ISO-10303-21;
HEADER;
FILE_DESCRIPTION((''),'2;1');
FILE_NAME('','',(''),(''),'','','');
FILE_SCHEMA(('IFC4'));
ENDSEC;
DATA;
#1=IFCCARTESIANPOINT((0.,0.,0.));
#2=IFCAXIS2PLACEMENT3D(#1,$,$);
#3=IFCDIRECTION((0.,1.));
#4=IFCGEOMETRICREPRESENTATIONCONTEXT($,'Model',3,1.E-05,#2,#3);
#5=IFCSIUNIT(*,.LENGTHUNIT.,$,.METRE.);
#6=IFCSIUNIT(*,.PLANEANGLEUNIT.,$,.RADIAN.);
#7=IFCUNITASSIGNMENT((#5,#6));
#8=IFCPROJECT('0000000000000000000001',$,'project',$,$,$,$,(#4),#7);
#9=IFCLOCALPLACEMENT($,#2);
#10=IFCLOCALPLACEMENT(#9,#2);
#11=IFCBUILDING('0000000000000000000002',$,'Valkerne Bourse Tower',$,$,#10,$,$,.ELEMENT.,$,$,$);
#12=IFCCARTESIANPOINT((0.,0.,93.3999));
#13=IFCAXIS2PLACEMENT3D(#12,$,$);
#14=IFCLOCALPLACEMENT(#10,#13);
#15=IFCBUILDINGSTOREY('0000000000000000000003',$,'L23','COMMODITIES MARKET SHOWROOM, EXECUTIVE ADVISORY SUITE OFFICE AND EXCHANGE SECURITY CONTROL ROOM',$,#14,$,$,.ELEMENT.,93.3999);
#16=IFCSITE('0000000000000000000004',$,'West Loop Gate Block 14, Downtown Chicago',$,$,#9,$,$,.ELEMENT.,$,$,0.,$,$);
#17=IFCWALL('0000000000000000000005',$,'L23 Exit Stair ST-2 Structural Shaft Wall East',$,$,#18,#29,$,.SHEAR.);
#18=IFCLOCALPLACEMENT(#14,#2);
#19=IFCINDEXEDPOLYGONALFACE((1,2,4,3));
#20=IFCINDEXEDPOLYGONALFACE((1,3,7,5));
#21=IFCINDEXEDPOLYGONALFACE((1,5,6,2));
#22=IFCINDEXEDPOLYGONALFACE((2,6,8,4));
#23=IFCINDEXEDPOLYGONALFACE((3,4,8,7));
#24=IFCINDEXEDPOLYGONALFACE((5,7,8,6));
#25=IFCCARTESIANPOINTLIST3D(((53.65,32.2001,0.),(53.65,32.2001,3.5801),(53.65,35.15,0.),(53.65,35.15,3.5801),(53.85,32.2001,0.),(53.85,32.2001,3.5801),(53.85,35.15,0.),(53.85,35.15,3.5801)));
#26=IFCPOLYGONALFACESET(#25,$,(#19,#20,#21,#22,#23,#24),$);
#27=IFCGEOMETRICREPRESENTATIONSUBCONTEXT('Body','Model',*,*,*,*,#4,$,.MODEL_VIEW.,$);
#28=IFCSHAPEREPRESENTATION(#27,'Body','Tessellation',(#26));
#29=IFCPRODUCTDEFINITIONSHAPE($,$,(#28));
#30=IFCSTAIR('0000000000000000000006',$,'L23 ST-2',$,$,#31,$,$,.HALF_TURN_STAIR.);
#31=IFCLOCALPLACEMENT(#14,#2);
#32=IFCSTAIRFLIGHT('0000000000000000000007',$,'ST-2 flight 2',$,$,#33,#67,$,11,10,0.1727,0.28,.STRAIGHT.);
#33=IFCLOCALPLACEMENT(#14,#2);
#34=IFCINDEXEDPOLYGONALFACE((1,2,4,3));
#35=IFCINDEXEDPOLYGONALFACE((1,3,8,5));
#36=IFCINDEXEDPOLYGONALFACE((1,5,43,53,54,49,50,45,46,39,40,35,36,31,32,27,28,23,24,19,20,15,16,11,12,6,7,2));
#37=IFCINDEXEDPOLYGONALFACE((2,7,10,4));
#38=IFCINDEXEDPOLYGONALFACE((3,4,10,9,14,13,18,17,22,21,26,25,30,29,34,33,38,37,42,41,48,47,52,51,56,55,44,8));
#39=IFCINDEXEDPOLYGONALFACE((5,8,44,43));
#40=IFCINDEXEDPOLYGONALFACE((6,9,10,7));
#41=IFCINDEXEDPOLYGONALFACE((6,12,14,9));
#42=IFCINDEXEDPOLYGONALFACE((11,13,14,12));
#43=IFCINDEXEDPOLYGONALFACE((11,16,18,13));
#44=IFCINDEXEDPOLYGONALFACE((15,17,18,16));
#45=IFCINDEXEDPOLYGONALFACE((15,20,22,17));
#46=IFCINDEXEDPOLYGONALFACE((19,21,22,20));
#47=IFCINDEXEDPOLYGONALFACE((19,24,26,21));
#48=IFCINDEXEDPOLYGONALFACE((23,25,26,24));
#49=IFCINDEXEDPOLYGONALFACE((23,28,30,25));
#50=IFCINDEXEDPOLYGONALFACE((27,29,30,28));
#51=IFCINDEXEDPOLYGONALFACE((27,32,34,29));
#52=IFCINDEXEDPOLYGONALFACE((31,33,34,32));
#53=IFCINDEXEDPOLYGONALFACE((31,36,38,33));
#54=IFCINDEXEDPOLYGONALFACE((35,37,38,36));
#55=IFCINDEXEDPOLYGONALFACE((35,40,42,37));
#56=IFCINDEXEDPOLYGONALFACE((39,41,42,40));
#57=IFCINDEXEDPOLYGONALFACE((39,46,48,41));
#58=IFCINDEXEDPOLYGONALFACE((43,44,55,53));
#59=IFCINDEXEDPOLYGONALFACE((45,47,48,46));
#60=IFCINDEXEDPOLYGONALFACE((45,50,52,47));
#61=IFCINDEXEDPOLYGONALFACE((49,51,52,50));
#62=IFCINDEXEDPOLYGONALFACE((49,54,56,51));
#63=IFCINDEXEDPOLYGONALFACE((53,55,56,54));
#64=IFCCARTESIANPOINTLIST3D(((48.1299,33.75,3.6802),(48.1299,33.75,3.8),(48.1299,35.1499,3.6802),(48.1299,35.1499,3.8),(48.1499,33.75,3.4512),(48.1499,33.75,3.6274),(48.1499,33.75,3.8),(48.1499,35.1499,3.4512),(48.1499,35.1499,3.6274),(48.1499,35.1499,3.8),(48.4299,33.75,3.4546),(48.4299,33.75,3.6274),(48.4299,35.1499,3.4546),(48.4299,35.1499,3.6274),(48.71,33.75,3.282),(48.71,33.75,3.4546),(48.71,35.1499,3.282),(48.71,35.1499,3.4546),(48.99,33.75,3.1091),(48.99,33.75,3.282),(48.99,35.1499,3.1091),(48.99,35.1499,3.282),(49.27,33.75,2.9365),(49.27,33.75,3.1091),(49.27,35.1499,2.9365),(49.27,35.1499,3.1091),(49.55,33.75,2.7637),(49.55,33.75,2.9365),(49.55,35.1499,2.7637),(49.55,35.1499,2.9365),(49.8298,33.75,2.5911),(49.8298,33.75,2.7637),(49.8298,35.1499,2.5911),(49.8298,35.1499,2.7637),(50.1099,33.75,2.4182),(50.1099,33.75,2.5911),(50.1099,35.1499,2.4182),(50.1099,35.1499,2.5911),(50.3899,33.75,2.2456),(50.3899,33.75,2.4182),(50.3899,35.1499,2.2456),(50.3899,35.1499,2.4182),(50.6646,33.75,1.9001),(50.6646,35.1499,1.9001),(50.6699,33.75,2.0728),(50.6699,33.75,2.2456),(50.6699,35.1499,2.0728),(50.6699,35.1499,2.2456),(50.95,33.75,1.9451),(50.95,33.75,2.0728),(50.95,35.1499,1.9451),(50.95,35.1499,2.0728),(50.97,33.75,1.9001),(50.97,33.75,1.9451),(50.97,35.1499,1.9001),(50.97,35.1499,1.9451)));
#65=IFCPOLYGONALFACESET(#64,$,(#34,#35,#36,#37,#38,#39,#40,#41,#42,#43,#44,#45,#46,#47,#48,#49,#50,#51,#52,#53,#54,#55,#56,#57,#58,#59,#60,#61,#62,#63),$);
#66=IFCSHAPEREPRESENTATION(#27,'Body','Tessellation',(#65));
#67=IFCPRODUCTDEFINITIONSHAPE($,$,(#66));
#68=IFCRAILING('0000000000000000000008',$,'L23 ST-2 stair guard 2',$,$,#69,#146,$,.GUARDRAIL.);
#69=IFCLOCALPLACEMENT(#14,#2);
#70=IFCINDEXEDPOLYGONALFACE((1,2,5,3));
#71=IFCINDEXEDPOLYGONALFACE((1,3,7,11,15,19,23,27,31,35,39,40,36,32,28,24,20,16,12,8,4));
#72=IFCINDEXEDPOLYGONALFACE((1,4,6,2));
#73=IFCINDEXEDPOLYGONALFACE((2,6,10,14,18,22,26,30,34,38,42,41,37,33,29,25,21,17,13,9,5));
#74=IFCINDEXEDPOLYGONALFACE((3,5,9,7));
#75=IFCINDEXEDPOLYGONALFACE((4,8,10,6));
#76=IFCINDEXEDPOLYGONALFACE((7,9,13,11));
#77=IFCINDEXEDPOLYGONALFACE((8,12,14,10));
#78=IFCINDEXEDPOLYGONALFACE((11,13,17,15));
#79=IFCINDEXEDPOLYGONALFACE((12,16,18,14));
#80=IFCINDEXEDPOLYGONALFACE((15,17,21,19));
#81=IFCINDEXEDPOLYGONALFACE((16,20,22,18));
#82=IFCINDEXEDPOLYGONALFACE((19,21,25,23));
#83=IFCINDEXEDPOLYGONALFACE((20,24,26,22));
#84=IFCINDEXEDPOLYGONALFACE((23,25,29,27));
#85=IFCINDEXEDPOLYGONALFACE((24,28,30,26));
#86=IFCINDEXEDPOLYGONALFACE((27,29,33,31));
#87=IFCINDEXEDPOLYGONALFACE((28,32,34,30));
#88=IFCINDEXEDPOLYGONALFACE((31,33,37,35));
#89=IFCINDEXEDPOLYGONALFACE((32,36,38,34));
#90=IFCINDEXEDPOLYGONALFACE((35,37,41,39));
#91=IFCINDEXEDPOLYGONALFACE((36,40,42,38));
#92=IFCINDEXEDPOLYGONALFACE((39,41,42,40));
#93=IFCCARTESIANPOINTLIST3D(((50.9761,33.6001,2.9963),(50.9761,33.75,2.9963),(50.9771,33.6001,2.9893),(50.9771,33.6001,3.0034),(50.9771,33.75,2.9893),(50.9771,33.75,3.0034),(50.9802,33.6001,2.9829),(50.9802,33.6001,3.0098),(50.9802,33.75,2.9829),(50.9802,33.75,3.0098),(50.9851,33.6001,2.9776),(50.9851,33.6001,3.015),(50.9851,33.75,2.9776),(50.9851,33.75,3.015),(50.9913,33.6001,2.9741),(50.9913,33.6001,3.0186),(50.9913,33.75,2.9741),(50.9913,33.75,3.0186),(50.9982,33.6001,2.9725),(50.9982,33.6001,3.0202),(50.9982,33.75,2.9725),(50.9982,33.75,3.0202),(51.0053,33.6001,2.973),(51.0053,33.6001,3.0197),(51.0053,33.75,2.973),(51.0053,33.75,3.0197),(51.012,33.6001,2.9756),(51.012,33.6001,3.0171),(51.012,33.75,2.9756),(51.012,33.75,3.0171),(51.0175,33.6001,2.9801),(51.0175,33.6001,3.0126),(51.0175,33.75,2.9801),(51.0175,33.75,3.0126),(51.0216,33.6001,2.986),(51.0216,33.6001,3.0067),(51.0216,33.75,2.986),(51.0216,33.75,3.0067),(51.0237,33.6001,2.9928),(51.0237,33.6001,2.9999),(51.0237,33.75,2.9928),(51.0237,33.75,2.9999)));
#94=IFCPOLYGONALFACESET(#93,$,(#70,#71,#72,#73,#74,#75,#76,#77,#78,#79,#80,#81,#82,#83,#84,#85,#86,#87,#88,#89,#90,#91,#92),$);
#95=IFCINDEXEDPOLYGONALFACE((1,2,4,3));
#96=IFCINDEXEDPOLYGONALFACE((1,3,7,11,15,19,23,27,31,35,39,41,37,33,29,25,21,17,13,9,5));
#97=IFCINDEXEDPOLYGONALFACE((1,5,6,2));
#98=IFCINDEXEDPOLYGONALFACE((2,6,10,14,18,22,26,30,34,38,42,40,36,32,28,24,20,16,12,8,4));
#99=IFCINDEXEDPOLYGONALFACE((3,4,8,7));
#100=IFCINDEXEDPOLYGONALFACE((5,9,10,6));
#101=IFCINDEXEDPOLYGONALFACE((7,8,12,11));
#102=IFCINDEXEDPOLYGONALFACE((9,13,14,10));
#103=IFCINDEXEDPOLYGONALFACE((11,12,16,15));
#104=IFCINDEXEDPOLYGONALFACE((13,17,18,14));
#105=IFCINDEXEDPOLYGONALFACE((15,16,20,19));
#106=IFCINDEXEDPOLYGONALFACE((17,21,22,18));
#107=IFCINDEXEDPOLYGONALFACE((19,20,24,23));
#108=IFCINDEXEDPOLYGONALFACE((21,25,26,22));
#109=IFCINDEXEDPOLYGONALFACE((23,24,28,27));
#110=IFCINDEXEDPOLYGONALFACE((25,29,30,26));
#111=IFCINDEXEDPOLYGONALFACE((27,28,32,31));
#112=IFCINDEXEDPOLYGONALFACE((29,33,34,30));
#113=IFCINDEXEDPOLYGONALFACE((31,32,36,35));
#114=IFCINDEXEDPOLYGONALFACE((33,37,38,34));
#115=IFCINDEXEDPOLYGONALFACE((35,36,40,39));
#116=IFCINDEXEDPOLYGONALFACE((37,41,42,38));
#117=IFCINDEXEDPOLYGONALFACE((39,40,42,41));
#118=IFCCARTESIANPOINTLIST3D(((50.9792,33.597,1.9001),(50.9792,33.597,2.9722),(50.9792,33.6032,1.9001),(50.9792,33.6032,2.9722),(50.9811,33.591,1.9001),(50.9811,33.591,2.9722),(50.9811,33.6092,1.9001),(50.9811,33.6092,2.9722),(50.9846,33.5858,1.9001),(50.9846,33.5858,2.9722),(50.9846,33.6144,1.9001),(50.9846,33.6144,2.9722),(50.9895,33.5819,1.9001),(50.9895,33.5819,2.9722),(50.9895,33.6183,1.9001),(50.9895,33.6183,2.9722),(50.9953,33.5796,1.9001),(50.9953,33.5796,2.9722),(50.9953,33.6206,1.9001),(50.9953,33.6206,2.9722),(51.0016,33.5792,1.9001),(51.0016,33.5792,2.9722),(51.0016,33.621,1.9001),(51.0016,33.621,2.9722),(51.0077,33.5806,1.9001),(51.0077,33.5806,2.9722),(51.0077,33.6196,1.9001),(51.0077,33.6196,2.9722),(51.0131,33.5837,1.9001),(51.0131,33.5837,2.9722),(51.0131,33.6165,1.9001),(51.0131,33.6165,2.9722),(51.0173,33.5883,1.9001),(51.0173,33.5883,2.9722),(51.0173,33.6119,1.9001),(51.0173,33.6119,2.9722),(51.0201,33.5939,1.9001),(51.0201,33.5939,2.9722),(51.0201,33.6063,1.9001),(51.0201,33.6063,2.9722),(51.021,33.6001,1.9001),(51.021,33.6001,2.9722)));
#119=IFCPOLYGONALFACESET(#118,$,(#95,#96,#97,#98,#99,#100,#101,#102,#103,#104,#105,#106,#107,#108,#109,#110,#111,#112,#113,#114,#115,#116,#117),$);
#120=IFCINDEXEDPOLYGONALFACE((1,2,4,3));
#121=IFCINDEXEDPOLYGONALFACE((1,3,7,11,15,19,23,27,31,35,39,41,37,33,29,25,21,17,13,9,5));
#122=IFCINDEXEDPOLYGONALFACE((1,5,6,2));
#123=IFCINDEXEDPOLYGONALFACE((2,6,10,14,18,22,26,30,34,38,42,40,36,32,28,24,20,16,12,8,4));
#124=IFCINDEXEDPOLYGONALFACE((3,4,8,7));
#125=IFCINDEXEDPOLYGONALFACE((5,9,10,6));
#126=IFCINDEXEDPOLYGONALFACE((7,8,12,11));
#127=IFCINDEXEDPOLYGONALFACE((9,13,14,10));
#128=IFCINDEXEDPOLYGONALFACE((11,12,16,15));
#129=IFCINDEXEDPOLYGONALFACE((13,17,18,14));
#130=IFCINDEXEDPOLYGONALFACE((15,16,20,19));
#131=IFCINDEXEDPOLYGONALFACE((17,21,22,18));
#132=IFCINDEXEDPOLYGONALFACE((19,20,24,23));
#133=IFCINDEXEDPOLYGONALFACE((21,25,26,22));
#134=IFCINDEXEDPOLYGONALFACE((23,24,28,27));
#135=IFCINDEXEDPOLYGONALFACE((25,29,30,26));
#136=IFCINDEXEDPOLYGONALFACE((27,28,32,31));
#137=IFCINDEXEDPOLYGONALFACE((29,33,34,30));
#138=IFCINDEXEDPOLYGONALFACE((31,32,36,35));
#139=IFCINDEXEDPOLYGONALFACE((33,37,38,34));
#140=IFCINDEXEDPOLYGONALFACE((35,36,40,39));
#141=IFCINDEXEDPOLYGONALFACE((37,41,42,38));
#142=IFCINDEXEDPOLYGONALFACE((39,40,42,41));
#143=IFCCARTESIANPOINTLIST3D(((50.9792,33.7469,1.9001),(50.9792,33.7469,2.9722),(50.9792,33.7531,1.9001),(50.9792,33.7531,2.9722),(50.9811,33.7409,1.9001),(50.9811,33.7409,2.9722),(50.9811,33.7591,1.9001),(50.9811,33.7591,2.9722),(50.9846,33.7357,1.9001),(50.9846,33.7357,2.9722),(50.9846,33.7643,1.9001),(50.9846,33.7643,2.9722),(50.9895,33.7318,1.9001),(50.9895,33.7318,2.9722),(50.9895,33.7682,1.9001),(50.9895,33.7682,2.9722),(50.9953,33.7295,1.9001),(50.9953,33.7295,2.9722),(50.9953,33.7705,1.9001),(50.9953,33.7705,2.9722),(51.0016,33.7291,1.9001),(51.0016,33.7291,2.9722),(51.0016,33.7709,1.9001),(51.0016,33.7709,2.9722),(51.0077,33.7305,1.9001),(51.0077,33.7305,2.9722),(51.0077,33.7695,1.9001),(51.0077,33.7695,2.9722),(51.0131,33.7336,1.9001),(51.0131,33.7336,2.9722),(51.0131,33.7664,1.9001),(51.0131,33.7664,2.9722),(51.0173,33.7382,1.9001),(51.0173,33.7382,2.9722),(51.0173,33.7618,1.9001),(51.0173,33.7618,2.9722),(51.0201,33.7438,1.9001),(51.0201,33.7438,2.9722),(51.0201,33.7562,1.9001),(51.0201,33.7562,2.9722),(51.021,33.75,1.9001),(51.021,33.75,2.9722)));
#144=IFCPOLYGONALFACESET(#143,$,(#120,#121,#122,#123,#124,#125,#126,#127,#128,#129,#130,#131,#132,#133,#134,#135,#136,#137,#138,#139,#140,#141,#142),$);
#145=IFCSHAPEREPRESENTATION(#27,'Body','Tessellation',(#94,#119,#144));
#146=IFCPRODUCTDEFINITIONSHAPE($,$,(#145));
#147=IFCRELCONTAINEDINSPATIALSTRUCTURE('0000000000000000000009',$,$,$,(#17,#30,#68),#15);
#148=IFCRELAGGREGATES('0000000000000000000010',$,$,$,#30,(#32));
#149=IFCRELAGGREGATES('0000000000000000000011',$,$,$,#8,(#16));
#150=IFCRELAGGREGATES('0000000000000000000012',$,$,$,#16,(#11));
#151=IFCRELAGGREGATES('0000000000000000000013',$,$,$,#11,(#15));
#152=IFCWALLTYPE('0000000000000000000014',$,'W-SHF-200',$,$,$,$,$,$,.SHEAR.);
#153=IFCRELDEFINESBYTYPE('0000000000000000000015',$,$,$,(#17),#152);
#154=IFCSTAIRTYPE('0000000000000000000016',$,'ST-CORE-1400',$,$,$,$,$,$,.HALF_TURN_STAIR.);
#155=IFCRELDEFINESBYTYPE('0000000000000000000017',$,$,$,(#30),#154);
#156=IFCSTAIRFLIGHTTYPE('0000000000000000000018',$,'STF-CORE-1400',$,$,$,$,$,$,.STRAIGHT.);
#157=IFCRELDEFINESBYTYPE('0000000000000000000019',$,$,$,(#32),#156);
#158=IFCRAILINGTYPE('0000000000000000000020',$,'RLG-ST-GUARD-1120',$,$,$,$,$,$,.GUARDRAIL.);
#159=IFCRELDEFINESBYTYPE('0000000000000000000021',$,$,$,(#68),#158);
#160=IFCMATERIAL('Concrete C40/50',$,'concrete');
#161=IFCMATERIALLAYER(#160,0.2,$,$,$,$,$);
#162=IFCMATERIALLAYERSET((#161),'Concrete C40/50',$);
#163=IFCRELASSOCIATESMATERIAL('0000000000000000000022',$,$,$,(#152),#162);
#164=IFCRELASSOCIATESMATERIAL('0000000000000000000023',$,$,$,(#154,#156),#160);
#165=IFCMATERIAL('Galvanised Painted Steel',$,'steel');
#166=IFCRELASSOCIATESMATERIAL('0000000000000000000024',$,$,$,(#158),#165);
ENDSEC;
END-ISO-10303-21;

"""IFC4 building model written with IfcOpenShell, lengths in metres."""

from ifc_helpers import new_model, si_unit, direction, frame, frame_2d, origin, origin_2d, place, context, subcontext, project, spatial, polyline, rectangle, circle, outline, extrude, material, layer, layer_set, type_object, element, aggregate, save


model = new_model("IFC4")

# Units and contexts
model_context = context("Model", 3, precision=1e-05, world=origin(), true_north=direction((0.0, 1.0)))
body_context = subcontext(model_context, "Body", "Model", "MODEL_VIEW")
ifc_project = project(units=[si_unit("LENGTHUNIT", "METRE"), si_unit("PLANEANGLEUNIT", "RADIAN")], contexts=[model_context])

# Site, building, storey
site_placement = place(None, origin())
site = spatial("IfcSite", under=ifc_project, at=site_placement, Name="West Loop Gate Block 14, Downtown Chicago", CompositionType="ELEMENT", RefElevation=0.0)
building_placement = place(site_placement, origin())
building = spatial("IfcBuilding", under=site, at=building_placement, Name="Valkerne Bourse Tower", CompositionType="ELEMENT")
storey_placement = place(building_placement, frame((0.0, 0.0, 93.3999)))
storey = spatial("IfcBuildingStorey", under=building, at=storey_placement, Name="L23", Description="COMMODITIES MARKET SHOWROOM, EXECUTIVE ADVISORY SUITE OFFICE AND EXCHANGE SECURITY CONTROL ROOM", CompositionType="ELEMENT", Elevation=93.3999)

# Shared definitions
ifc_material_1 = material(Name="Galvanised Painted Steel", Category="steel")

# Wall
ifc_material_2 = material(Name="Concrete C40/50", Category="concrete")
ifc_layer_1 = layer(ifc_material_2, 0.2)
ifc_layer_set_1 = layer_set([ifc_layer_1], Name="Concrete C40/50")
wall_type_1 = type_object("IfcWallType", Name="W-SHF-200", PredefinedType="SHEAR", material=ifc_layer_set_1)
wall_1_placement = place(storey_placement, frame((53.75, 32.2, 0.0), z_axis=(0.0, 0.0, 1.0), x_axis=(0.0, 1.0, 0.0)))
element("IfcWall", 1, at=wall_1_placement, inside=storey, type_object=wall_type_1, Name="L23 Exit Stair ST-2 Structural Shaft Wall East", PredefinedType="SHEAR", context=body_context, shape_type="SweptSolid", body=[
    extrude(rectangle(XDim=2.95, YDim=0.2, at=frame_2d((1.4751, 0.0))), origin(), (0.0, 0.0, 1.0), 3.5801),
])

# Stair, stair flight
stair_type = type_object("IfcStairType", Name="ST-CORE-1400", PredefinedType="HALF_TURN_STAIR", material=ifc_material_2)
stair_placement = place(storey_placement, origin())
stair = element("IfcStair", 2, at=stair_placement, inside=storey, type_object=stair_type, Name="L23 ST-2", PredefinedType="HALF_TURN_STAIR")
stair_flight_type = type_object("IfcStairFlightType", Name="STF-CORE-1400", PredefinedType="STRAIGHT", material=ifc_material_2)
stair_flight_placement = place(storey_placement, frame((50.95, 34.45, 1.9001), z_axis=(0.0, 0.0, 1.0), x_axis=(-1.0, 0.0, 0.0)))
stair_flight = element("IfcStairFlight", 3, at=stair_flight_placement, type_object=stair_flight_type, Name="ST-2 flight 2", NumberOfRisers=11, NumberOfTreads=10, PredefinedType="STRAIGHT", RiserHeight=0.1727, TreadLength=0.28, context=body_context, shape_type="SweptSolid", body=[
    extrude(outline(polyline([(-0.02, 0.0), (-0.02, 0.0449), (0.0, 0.0449), (0.0, 0.1726), (0.28, 0.1726), (0.28, 0.3455), (0.5601, 0.3455), (0.5601, 0.5181), (0.8401, 0.5181), (0.8401, 0.6909), (1.1201, 0.6909), (1.1201, 0.8635), (1.3999, 0.8635), (1.3999, 1.0364), (1.6799, 1.0364), (1.6799, 1.209), (1.96, 1.209), (1.96, 1.3818), (2.24, 1.3818), (2.24, 1.5544), (2.52, 1.5544), (2.52, 1.7273), (2.8, 1.7273), (2.8, 1.8999), (2.8201, 1.8999), (2.8201, 1.78), (2.8, 1.551), (0.2854, 0.0), (-0.02, 0.0)])), frame((0.0, 0.7, 0.0), z_axis=(0.0, -1.0, 0.0), x_axis=(1.0, 0.0, 0.0)), (0.0, 0.0, 1.0), 1.3999),
])
aggregate(stair, [stair_flight])

# Railing
railing_type_1 = type_object("IfcRailingType", Name="RLG-ST-GUARD-1120", PredefinedType="GUARDRAIL", material=ifc_material_1)
railing_1_placement = place(storey_placement, frame((51.0, 33.6001, 1.9001)))
element("IfcRailing", 4, at=railing_1_placement, inside=storey, type_object=railing_type_1, Name="L23 ST-2 stair guard 2", PredefinedType="GUARDRAIL", context=body_context, shape_type="SweptSolid", body=[
    extrude(circle(Radius=0.0239, at=origin_2d()), frame((0.0, 0.0, 1.0962), z_axis=(0.0, 1.0, 0.0), x_axis=(-1.0, 0.0, 0.0)), (0.0, 0.0, 1.0), 0.1499),
    extrude(circle(Radius=0.021, at=origin_2d()), origin(), (0.0, 0.0, 1.0), 1.072),
    extrude(circle(Radius=0.021, at=origin_2d()), frame((0.0, 0.1499, 0.0)), (0.0, 0.0, 1.0), 1.072),
])

save(model, "model.ifc")
